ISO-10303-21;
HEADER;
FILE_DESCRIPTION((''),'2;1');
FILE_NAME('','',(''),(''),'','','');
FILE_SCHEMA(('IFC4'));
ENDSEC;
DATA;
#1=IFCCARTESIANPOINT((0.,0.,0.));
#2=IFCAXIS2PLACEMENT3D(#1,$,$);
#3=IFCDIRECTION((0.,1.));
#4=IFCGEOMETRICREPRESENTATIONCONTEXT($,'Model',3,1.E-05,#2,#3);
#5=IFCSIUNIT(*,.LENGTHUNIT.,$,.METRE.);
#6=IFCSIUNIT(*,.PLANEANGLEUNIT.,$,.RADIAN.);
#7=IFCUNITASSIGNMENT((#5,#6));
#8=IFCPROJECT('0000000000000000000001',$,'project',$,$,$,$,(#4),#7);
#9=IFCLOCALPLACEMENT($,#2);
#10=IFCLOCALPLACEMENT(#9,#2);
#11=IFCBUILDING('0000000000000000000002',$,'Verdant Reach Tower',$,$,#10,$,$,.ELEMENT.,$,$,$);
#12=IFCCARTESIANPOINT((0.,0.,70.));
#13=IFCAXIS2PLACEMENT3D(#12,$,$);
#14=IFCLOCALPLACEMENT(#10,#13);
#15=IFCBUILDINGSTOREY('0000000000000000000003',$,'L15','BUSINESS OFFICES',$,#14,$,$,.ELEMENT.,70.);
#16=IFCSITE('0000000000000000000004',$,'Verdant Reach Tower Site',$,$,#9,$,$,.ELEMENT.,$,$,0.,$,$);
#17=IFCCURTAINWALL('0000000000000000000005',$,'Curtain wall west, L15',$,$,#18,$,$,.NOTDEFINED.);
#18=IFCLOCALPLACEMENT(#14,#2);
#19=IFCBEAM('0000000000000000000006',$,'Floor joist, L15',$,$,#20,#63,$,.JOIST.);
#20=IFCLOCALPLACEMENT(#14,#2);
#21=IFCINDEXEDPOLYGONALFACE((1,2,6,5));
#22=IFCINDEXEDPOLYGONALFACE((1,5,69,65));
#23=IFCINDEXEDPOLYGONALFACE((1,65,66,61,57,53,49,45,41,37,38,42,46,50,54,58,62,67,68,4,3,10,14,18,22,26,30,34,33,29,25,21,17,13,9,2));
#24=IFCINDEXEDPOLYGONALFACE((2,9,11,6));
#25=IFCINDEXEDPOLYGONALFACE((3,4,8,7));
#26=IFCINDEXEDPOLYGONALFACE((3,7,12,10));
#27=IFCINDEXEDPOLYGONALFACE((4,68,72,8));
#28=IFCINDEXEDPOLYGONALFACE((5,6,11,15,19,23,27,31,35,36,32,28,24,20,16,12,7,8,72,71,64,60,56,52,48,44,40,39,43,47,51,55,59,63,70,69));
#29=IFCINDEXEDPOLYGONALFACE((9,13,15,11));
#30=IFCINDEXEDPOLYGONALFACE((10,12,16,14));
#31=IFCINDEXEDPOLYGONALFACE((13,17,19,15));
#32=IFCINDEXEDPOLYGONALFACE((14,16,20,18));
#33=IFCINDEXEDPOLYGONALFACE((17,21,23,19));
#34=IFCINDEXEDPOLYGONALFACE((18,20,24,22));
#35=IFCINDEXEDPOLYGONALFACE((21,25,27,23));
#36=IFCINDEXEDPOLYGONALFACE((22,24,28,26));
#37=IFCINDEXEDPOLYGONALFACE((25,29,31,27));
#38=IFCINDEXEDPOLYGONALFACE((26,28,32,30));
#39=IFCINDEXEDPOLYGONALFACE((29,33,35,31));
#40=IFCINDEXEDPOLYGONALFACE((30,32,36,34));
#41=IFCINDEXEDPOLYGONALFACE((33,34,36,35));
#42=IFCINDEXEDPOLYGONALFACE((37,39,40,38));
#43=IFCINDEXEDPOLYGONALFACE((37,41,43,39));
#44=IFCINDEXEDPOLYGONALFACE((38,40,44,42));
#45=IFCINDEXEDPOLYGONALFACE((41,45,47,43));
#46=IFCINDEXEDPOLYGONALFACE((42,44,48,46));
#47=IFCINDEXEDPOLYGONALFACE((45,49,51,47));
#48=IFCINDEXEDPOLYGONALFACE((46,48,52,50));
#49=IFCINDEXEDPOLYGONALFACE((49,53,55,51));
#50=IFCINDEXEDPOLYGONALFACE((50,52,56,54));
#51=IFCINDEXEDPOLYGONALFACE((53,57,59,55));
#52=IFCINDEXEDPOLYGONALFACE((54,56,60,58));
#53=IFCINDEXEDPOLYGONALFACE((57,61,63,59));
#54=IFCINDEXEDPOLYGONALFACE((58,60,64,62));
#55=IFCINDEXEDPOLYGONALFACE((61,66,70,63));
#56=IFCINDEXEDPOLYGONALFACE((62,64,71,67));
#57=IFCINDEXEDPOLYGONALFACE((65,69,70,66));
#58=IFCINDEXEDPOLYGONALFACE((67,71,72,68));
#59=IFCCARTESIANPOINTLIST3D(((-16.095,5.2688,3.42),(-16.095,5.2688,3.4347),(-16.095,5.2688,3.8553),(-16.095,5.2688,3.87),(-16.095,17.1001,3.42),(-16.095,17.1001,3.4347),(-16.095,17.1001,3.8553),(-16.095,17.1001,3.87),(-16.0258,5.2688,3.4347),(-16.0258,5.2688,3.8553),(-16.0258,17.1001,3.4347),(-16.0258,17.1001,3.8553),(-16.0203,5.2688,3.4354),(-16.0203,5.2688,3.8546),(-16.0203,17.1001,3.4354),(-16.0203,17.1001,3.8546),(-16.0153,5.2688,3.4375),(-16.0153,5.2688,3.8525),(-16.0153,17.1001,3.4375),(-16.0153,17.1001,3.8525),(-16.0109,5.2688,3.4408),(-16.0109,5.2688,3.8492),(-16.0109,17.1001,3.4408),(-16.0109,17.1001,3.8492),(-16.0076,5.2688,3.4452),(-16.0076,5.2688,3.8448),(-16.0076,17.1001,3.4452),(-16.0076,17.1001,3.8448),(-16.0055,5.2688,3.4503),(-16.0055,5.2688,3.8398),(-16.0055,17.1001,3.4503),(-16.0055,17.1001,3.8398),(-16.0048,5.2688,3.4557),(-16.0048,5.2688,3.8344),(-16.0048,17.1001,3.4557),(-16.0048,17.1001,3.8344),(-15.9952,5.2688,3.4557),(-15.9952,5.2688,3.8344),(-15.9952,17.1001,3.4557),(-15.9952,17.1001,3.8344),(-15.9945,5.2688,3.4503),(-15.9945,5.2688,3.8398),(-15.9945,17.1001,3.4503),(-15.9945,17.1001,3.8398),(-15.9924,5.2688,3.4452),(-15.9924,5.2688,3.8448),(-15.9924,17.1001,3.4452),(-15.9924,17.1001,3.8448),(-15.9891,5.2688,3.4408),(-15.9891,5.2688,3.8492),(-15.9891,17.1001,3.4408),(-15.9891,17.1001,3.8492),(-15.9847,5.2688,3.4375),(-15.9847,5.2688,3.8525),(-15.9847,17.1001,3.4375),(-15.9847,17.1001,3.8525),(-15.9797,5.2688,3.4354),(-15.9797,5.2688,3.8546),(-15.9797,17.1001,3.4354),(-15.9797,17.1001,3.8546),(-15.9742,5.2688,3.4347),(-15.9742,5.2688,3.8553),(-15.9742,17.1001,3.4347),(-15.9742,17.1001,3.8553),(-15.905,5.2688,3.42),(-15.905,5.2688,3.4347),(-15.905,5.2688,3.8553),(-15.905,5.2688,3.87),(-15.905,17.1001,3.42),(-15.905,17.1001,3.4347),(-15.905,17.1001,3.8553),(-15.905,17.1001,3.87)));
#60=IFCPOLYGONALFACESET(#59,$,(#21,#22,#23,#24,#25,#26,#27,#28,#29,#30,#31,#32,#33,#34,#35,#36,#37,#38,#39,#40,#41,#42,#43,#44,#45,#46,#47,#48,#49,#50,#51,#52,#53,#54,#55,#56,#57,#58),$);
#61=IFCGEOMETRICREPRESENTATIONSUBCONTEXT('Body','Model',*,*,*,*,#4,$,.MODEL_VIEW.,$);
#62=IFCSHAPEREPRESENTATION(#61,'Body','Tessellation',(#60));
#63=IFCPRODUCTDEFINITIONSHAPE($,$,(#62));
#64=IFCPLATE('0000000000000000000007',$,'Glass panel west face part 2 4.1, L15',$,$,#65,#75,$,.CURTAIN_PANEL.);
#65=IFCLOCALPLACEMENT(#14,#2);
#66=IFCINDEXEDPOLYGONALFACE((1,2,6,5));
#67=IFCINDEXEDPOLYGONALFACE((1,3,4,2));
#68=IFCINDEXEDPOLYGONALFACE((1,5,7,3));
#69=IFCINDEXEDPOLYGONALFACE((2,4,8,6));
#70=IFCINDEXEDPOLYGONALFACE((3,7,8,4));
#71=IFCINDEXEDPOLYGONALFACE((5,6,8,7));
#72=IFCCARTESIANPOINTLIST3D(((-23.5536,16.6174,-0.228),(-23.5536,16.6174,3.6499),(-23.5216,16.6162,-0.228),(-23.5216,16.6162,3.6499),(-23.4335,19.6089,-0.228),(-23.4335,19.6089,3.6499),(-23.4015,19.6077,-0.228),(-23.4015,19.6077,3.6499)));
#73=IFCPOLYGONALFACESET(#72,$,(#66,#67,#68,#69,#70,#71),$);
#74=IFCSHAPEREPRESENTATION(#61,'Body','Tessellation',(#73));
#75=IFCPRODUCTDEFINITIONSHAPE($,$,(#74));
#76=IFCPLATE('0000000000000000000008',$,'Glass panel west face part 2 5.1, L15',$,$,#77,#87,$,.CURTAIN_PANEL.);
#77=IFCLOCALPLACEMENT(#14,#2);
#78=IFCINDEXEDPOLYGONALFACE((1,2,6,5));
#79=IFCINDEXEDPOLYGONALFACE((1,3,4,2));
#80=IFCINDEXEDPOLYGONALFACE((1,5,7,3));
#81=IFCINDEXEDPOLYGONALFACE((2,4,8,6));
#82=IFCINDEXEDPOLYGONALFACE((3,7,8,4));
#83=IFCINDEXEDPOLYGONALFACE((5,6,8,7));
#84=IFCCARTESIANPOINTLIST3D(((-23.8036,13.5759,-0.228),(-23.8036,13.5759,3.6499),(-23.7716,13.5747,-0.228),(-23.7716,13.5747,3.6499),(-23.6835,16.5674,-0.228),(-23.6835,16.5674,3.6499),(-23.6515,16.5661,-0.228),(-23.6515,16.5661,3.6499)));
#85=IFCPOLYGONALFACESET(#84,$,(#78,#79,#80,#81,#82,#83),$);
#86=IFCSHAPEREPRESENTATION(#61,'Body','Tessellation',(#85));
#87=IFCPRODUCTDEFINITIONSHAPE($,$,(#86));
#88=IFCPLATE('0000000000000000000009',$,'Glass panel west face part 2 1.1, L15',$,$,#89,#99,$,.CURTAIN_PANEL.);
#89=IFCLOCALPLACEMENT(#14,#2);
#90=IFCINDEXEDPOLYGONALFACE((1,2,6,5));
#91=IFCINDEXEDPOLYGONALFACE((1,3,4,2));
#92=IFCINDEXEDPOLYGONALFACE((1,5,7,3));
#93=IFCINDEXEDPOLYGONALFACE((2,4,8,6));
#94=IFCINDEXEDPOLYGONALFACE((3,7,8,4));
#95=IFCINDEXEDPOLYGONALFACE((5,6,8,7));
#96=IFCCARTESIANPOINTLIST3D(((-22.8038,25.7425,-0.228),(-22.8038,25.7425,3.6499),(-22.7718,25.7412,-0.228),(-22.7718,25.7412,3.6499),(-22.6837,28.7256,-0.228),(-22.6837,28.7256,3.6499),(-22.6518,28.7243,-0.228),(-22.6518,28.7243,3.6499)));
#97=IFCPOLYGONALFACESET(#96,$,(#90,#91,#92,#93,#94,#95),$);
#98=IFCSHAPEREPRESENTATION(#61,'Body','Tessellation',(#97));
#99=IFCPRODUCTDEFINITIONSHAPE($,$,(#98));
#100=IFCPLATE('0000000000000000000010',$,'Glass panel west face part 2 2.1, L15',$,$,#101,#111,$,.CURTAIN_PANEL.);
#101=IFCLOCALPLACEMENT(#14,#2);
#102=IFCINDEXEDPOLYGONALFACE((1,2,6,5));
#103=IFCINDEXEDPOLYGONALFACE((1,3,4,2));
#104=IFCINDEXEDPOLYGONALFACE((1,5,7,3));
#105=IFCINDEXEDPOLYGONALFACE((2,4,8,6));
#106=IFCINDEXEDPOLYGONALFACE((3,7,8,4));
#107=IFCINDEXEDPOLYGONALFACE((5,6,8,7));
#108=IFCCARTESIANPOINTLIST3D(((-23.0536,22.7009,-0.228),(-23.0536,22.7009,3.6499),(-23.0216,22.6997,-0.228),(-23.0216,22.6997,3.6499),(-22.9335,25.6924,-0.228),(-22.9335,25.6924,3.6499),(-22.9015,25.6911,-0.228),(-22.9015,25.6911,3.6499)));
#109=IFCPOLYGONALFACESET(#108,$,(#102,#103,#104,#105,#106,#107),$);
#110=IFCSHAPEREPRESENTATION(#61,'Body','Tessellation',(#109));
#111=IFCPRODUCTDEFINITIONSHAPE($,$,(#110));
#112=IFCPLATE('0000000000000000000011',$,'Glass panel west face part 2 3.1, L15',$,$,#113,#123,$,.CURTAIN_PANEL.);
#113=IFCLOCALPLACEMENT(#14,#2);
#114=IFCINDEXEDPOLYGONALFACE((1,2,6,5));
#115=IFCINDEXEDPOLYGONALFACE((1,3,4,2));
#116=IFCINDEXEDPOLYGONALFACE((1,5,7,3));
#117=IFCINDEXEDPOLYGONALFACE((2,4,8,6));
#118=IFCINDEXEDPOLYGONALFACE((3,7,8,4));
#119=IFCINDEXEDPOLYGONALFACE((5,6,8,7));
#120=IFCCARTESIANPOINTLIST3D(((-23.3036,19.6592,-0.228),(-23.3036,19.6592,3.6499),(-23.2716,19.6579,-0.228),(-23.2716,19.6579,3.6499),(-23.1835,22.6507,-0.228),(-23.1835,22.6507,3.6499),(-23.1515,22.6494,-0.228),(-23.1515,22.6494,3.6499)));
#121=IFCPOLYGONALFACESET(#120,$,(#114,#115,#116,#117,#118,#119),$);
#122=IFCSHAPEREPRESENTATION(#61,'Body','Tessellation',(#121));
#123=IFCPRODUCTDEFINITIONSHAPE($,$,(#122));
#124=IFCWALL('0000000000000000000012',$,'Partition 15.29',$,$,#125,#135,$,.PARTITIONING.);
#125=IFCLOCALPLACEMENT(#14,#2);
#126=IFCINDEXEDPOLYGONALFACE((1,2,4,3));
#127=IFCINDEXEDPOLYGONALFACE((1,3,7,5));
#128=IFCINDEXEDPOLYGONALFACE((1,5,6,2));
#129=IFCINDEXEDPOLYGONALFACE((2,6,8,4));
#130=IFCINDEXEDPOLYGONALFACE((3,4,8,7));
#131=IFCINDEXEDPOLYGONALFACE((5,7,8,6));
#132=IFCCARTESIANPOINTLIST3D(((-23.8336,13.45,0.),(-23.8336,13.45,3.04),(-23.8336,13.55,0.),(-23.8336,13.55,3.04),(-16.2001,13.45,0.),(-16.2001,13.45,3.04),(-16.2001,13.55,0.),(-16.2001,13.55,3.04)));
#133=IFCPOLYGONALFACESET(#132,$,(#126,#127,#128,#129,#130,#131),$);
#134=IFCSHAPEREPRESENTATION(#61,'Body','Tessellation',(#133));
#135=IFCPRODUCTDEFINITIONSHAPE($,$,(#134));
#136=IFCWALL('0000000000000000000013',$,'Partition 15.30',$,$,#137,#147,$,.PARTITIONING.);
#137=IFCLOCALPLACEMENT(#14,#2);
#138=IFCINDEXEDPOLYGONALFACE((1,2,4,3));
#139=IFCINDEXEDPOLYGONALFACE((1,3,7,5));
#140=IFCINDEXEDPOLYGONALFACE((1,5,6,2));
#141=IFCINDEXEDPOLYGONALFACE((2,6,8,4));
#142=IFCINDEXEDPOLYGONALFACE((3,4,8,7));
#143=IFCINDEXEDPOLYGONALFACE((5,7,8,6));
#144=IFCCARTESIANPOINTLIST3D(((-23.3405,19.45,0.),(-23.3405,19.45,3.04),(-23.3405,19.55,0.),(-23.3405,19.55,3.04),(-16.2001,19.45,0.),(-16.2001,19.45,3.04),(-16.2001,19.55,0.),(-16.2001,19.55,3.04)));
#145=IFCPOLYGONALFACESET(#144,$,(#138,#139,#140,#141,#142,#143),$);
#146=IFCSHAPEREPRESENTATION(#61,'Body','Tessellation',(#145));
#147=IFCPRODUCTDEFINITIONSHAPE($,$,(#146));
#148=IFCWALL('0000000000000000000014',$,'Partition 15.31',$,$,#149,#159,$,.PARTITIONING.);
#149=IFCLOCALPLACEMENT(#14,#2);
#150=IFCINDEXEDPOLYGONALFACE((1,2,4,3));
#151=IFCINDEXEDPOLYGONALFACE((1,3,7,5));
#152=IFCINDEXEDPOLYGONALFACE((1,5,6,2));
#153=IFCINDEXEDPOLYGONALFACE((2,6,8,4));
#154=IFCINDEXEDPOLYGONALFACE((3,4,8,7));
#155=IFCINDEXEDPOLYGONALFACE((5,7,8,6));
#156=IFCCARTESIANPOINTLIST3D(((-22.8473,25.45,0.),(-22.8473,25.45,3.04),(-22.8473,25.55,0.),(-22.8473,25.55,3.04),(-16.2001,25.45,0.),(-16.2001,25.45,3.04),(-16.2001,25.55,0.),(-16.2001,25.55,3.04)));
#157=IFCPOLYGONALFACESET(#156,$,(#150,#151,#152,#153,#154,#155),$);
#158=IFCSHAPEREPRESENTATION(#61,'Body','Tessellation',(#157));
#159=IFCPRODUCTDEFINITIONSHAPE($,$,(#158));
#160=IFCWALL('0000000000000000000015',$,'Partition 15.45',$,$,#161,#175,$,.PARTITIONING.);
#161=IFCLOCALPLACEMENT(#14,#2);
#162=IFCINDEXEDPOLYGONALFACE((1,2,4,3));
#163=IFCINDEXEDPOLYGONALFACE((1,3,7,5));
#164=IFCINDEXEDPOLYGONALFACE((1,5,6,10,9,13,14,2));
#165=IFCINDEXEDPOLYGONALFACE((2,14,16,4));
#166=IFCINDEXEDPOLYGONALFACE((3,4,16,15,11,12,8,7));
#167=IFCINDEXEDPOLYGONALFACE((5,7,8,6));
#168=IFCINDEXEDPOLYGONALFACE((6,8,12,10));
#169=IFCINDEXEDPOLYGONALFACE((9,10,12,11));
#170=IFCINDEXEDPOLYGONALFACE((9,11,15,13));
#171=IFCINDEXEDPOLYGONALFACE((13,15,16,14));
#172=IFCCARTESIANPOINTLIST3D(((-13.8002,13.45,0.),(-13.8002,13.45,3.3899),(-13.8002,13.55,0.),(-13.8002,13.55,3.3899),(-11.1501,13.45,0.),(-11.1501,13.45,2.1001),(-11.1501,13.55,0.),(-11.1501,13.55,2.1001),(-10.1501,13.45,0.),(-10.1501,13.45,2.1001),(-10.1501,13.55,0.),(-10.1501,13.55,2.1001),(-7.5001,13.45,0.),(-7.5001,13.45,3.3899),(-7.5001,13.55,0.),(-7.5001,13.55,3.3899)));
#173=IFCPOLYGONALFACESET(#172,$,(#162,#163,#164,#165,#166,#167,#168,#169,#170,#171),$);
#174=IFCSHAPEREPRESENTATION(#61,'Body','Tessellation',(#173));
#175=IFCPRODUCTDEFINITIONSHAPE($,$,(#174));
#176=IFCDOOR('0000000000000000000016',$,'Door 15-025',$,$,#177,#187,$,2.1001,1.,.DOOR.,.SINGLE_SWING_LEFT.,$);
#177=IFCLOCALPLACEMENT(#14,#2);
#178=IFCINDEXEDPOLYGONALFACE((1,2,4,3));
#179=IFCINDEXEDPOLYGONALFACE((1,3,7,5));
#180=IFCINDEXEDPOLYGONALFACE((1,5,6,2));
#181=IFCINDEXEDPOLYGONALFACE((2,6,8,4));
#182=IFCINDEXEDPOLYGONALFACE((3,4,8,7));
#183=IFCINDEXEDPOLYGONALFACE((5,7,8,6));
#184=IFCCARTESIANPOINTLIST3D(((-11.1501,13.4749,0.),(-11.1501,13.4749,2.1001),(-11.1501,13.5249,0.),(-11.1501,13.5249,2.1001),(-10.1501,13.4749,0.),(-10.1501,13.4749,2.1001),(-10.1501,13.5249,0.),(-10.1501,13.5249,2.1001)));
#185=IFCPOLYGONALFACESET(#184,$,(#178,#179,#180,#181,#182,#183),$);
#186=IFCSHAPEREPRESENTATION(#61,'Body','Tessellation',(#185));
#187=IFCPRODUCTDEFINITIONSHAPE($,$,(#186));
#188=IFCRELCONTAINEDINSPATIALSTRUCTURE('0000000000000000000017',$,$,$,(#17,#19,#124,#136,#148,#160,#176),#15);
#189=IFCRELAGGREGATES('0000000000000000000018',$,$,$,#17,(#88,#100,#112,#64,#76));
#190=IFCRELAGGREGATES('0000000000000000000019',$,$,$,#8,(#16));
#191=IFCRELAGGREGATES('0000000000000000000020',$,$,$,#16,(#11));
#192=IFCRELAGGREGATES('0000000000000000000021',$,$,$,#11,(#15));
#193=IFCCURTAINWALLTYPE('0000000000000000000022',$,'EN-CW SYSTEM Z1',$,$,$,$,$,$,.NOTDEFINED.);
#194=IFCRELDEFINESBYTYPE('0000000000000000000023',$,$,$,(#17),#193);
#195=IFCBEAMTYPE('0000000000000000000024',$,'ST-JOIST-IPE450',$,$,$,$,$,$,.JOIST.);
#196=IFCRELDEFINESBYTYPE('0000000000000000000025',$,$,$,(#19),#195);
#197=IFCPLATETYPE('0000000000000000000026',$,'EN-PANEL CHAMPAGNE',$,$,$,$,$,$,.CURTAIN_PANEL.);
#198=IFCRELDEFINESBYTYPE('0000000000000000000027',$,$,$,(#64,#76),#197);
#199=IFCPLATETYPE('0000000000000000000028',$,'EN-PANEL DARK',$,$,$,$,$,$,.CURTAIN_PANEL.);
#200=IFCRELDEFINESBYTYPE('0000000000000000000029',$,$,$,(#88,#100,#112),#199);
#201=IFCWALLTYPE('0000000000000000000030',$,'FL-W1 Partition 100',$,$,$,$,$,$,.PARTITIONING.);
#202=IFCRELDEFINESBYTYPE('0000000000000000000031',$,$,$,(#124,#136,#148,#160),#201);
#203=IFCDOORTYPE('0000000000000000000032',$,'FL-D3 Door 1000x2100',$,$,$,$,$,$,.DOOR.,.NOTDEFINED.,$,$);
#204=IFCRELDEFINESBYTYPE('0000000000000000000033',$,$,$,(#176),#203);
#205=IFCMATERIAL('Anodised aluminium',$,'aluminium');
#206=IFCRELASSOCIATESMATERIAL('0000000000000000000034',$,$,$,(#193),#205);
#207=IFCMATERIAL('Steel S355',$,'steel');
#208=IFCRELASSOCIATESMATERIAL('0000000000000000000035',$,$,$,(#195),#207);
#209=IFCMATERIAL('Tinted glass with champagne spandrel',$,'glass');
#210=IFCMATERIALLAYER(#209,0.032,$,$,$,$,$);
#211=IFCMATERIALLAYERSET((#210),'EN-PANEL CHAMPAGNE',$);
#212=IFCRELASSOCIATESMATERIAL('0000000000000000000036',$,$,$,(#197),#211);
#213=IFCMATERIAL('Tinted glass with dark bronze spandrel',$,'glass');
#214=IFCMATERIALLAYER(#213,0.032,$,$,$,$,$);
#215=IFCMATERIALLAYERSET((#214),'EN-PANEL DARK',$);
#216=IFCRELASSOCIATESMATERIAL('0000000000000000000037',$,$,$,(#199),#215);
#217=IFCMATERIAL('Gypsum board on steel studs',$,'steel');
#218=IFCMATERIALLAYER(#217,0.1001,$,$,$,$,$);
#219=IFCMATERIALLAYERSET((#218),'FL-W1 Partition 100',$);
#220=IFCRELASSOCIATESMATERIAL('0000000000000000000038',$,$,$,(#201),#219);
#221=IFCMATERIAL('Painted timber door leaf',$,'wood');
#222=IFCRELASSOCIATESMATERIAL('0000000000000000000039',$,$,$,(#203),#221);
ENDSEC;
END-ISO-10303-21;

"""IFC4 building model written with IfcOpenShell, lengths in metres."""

from ifc_helpers import new_model, si_unit, direction, frame, frame_2d, origin, origin_2d, place, context, subcontext, project, spatial, rectangle, i_section, extrude, material, layer, layer_set, material_profile, profile_set, type_object, element, fill, aggregate, save


model = new_model("IFC4")

# Units and contexts
model_context = context("Model", 3, precision=1e-05, world=origin(), true_north=direction((0.0, 1.0)))
body_context = subcontext(model_context, "Body", "Model", "MODEL_VIEW")
ifc_project = project(units=[si_unit("LENGTHUNIT", "METRE"), si_unit("PLANEANGLEUNIT", "RADIAN")], contexts=[model_context])

# Site, building, storey
site_placement = place(None, origin())
site = spatial("IfcSite", under=ifc_project, at=site_placement, Name="Verdant Reach Tower Site", CompositionType="ELEMENT", RefElevation=0.0)
building_placement = place(site_placement, origin())
building = spatial("IfcBuilding", under=site, at=building_placement, Name="Verdant Reach Tower", CompositionType="ELEMENT")
storey_placement = place(building_placement, frame((0.0, 0.0, 70.0)))
storey = spatial("IfcBuildingStorey", under=building, at=storey_placement, Name="L15", Description="BUSINESS OFFICES", CompositionType="ELEMENT", Elevation=70.0)

# Curtain wall
ifc_material_1 = material(Name="Anodised aluminium", Category="aluminium")
curtain_wall_type = type_object("IfcCurtainWallType", Name="EN-CW SYSTEM Z1", PredefinedType="NOTDEFINED", material=ifc_material_1)
curtain_wall_placement = place(storey_placement, origin())
curtain_wall = element("IfcCurtainWall", 1, at=curtain_wall_placement, inside=storey, type_object=curtain_wall_type, Name="Curtain wall west, L15", PredefinedType="NOTDEFINED")

# Beam
ifc_material_2 = material(Name="Steel S355", Category="steel")
ifc_material_profile_1 = material_profile(ifc_material_2, i_section(OverallWidth=0.1899, OverallDepth=0.45, WebThickness=0.0095, FlangeThickness=0.0146, FilletRadius=0.021, at=origin_2d()), Name="IPE 450")
ifc_profile_set_1 = profile_set([ifc_material_profile_1], Name="Steel S355")
beam_type_1 = type_object("IfcBeamType", Name="ST-JOIST-IPE450", PredefinedType="JOIST", material=ifc_profile_set_1)
beam_1_placement = place(storey_placement, frame((-16.0, 17.1001, 3.645), z_axis=(0.0, -1.0, 0.0), x_axis=(1.0, 0.0, 0.0)))
element("IfcBeam", 2, at=beam_1_placement, inside=storey, type_object=beam_type_1, Name="Floor joist, L15", PredefinedType="JOIST", context=body_context, shape_type="SweptSolid", body=[
    extrude(i_section(OverallWidth=0.1899, OverallDepth=0.45, WebThickness=0.0095, FlangeThickness=0.0146, FilletRadius=0.021, at=origin_2d()), origin(), (0.0, 0.0, 1.0), 11.8313),
])

# Plates
ifc_material_3 = material(Name="Tinted glass with champagne spandrel", Category="glass")
ifc_layer_1 = layer(ifc_material_3, 0.032)
ifc_layer_set_1 = layer_set([ifc_layer_1], Name="EN-PANEL CHAMPAGNE")
plate_type_1 = type_object("IfcPlateType", Name="EN-PANEL CHAMPAGNE", PredefinedType="CURTAIN_PANEL", material=ifc_layer_set_1)
plate_1_placement = place(storey_placement, frame((-23.4775, 18.1125, -0.228), z_axis=(0.0, 0.0, 1.0), x_axis=(-0.040109, -0.999195, 0.0)))
plate_1 = element("IfcPlate", 3, at=plate_1_placement, type_object=plate_type_1, Name="Glass panel west face part 2 4.1, L15", PredefinedType="CURTAIN_PANEL", context=body_context, shape_type="SweptSolid", body=[
    extrude(rectangle(XDim=2.9939, YDim=0.032, at=origin_2d()), origin(), (0.0, 0.0, 1.0), 3.8779),
])
plate_2_placement = place(storey_placement, frame((-23.7275, 15.071, -0.228), z_axis=(0.0, 0.0, 1.0), x_axis=(-0.040109, -0.999195, 0.0)))
plate_2 = element("IfcPlate", 4, at=plate_2_placement, type_object=plate_type_1, Name="Glass panel west face part 2 5.1, L15", PredefinedType="CURTAIN_PANEL", context=body_context, shape_type="SweptSolid", body=[
    extrude(rectangle(XDim=2.9939, YDim=0.032, at=origin_2d()), origin(), (0.0, 0.0, 1.0), 3.8779),
])
ifc_material_4 = material(Name="Tinted glass with dark bronze spandrel", Category="glass")
ifc_layer_2 = layer(ifc_material_4, 0.032)
ifc_layer_set_2 = layer_set([ifc_layer_2], Name="EN-PANEL DARK")
plate_type_2 = type_object("IfcPlateType", Name="EN-PANEL DARK", PredefinedType="CURTAIN_PANEL", material=ifc_layer_set_2)
plate_3_placement = place(storey_placement, frame((-22.7278, 27.2334, -0.228), z_axis=(0.0, 0.0, 1.0), x_axis=(-0.040222, -0.999191, 0.0)))
plate_3 = element("IfcPlate", 5, at=plate_3_placement, type_object=plate_type_2, Name="Glass panel west face part 2 1.1, L15", PredefinedType="CURTAIN_PANEL", context=body_context, shape_type="SweptSolid", body=[
    extrude(rectangle(XDim=2.9856, YDim=0.032, at=origin_2d()), origin(), (0.0, 0.0, 1.0), 3.8779),
])
plate_4_placement = place(storey_placement, frame((-22.9775, 24.196, -0.228), z_axis=(0.0, 0.0, 1.0), x_axis=(-0.040109, -0.999195, 0.0)))
plate_4 = element("IfcPlate", 6, at=plate_4_placement, type_object=plate_type_2, Name="Glass panel west face part 2 2.1, L15", PredefinedType="CURTAIN_PANEL", context=body_context, shape_type="SweptSolid", body=[
    extrude(rectangle(XDim=2.9939, YDim=0.032, at=origin_2d()), origin(), (0.0, 0.0, 1.0), 3.8779),
])
plate_5_placement = place(storey_placement, frame((-23.2275, 21.1543, -0.228), z_axis=(0.0, 0.0, 1.0), x_axis=(-0.040109, -0.999195, 0.0)))
plate_5 = element("IfcPlate", 7, at=plate_5_placement, type_object=plate_type_2, Name="Glass panel west face part 2 3.1, L15", PredefinedType="CURTAIN_PANEL", context=body_context, shape_type="SweptSolid", body=[
    extrude(rectangle(XDim=2.9939, YDim=0.032, at=origin_2d()), origin(), (0.0, 0.0, 1.0), 3.8779),
])
aggregate(curtain_wall, [plate_3, plate_4, plate_5, plate_1, plate_2])

# Walls
ifc_material_5 = material(Name="Gypsum board on steel studs", Category="steel")
ifc_layer_3 = layer(ifc_material_5, 0.1001)
ifc_layer_set_3 = layer_set([ifc_layer_3], Name="FL-W1 Partition 100")
wall_type_1 = type_object("IfcWallType", Name="FL-W1 Partition 100", PredefinedType="PARTITIONING", material=ifc_layer_set_3)
wall_1_placement = place(storey_placement, frame((-16.2, 13.5, 0.0), z_axis=(0.0, 0.0, 1.0), x_axis=(-1.0, 0.0, 0.0)))
element("IfcWall", 8, at=wall_1_placement, inside=storey, type_object=wall_type_1, Name="Partition 15.29", PredefinedType="PARTITIONING", context=body_context, shape_type="SweptSolid", body=[
    extrude(rectangle(XDim=7.6335, YDim=0.1001, at=frame_2d((3.8169, 0.0))), origin(), (0.0, 0.0, 1.0), 3.04),
])
wall_2_placement = place(storey_placement, frame((-16.2, 19.5, 0.0), z_axis=(0.0, 0.0, 1.0), x_axis=(-1.0, 0.0, 0.0)))
element("IfcWall", 9, at=wall_2_placement, inside=storey, type_object=wall_type_1, Name="Partition 15.30", PredefinedType="PARTITIONING", context=body_context, shape_type="SweptSolid", body=[
    extrude(rectangle(XDim=7.1404, YDim=0.1001, at=frame_2d((3.5703, 0.0))), origin(), (0.0, 0.0, 1.0), 3.04),
])
wall_3_placement = place(storey_placement, frame((-16.2, 25.5, 0.0), z_axis=(0.0, 0.0, 1.0), x_axis=(-1.0, 0.0, 0.0)))
element("IfcWall", 10, at=wall_3_placement, inside=storey, type_object=wall_type_1, Name="Partition 15.31", PredefinedType="PARTITIONING", context=body_context, shape_type="SweptSolid", body=[
    extrude(rectangle(XDim=6.6472, YDim=0.1001, at=frame_2d((3.3237, 0.0))), origin(), (0.0, 0.0, 1.0), 3.04),
])

# Wall, opening, door
wall_4_placement = place(storey_placement, frame((-13.8, 13.5, 0.0), z_axis=(0.0, 0.0, 1.0), x_axis=(1.0, 0.0, 0.0)))
wall_4 = element("IfcWall", 11, at=wall_4_placement, inside=storey, type_object=wall_type_1, Name="Partition 15.45", PredefinedType="PARTITIONING", context=body_context, shape_type="SweptSolid", body=[
    extrude(rectangle(XDim=6.3, YDim=0.1001, at=frame_2d((3.1499, 0.0))), origin(), (0.0, 0.0, 1.0), 3.3899),
])
opening_1_placement = place(wall_4_placement, frame((2.6499, 0.0, 0.0)))
opening_1 = element("IfcOpeningElement", 12, at=opening_1_placement, cuts=wall_4, PredefinedType="OPENING", context=body_context, shape_type="SweptSolid", body=[
    extrude(rectangle(XDim=1.0, YDim=2.1001, at=frame_2d((0.5, 1.05))), frame((0.0, 0.0601, 0.0), z_axis=(0.0, -1.0, 0.0), x_axis=(1.0, 0.0, 0.0)), (0.0, 0.0, 1.0), 0.1201),
])
ifc_material_6 = material(Name="Painted timber door leaf", Category="wood")
door_type_1 = type_object("IfcDoorType", Name="FL-D3 Door 1000x2100", OperationType="NOTDEFINED", PredefinedType="DOOR", material=ifc_material_6)
door_1_placement = place(opening_1_placement, origin())
door_1 = element("IfcDoor", 13, at=door_1_placement, inside=storey, type_object=door_type_1, Name="Door 15-025", OperationType="SINGLE_SWING_LEFT", OverallHeight=2.1001, OverallWidth=1.0, PredefinedType="DOOR", context=body_context, shape_type="SweptSolid", body=[
    extrude(rectangle(XDim=1.0, YDim=2.1001, at=frame_2d((0.5, 1.05))), frame((0.0, 0.0249, 0.0), z_axis=(0.0, -1.0, 0.0), x_axis=(1.0, 0.0, 0.0)), (0.0, 0.0, 1.0), 0.05),
])
fill(opening_1, door_1)

save(model, "model.ifc")
